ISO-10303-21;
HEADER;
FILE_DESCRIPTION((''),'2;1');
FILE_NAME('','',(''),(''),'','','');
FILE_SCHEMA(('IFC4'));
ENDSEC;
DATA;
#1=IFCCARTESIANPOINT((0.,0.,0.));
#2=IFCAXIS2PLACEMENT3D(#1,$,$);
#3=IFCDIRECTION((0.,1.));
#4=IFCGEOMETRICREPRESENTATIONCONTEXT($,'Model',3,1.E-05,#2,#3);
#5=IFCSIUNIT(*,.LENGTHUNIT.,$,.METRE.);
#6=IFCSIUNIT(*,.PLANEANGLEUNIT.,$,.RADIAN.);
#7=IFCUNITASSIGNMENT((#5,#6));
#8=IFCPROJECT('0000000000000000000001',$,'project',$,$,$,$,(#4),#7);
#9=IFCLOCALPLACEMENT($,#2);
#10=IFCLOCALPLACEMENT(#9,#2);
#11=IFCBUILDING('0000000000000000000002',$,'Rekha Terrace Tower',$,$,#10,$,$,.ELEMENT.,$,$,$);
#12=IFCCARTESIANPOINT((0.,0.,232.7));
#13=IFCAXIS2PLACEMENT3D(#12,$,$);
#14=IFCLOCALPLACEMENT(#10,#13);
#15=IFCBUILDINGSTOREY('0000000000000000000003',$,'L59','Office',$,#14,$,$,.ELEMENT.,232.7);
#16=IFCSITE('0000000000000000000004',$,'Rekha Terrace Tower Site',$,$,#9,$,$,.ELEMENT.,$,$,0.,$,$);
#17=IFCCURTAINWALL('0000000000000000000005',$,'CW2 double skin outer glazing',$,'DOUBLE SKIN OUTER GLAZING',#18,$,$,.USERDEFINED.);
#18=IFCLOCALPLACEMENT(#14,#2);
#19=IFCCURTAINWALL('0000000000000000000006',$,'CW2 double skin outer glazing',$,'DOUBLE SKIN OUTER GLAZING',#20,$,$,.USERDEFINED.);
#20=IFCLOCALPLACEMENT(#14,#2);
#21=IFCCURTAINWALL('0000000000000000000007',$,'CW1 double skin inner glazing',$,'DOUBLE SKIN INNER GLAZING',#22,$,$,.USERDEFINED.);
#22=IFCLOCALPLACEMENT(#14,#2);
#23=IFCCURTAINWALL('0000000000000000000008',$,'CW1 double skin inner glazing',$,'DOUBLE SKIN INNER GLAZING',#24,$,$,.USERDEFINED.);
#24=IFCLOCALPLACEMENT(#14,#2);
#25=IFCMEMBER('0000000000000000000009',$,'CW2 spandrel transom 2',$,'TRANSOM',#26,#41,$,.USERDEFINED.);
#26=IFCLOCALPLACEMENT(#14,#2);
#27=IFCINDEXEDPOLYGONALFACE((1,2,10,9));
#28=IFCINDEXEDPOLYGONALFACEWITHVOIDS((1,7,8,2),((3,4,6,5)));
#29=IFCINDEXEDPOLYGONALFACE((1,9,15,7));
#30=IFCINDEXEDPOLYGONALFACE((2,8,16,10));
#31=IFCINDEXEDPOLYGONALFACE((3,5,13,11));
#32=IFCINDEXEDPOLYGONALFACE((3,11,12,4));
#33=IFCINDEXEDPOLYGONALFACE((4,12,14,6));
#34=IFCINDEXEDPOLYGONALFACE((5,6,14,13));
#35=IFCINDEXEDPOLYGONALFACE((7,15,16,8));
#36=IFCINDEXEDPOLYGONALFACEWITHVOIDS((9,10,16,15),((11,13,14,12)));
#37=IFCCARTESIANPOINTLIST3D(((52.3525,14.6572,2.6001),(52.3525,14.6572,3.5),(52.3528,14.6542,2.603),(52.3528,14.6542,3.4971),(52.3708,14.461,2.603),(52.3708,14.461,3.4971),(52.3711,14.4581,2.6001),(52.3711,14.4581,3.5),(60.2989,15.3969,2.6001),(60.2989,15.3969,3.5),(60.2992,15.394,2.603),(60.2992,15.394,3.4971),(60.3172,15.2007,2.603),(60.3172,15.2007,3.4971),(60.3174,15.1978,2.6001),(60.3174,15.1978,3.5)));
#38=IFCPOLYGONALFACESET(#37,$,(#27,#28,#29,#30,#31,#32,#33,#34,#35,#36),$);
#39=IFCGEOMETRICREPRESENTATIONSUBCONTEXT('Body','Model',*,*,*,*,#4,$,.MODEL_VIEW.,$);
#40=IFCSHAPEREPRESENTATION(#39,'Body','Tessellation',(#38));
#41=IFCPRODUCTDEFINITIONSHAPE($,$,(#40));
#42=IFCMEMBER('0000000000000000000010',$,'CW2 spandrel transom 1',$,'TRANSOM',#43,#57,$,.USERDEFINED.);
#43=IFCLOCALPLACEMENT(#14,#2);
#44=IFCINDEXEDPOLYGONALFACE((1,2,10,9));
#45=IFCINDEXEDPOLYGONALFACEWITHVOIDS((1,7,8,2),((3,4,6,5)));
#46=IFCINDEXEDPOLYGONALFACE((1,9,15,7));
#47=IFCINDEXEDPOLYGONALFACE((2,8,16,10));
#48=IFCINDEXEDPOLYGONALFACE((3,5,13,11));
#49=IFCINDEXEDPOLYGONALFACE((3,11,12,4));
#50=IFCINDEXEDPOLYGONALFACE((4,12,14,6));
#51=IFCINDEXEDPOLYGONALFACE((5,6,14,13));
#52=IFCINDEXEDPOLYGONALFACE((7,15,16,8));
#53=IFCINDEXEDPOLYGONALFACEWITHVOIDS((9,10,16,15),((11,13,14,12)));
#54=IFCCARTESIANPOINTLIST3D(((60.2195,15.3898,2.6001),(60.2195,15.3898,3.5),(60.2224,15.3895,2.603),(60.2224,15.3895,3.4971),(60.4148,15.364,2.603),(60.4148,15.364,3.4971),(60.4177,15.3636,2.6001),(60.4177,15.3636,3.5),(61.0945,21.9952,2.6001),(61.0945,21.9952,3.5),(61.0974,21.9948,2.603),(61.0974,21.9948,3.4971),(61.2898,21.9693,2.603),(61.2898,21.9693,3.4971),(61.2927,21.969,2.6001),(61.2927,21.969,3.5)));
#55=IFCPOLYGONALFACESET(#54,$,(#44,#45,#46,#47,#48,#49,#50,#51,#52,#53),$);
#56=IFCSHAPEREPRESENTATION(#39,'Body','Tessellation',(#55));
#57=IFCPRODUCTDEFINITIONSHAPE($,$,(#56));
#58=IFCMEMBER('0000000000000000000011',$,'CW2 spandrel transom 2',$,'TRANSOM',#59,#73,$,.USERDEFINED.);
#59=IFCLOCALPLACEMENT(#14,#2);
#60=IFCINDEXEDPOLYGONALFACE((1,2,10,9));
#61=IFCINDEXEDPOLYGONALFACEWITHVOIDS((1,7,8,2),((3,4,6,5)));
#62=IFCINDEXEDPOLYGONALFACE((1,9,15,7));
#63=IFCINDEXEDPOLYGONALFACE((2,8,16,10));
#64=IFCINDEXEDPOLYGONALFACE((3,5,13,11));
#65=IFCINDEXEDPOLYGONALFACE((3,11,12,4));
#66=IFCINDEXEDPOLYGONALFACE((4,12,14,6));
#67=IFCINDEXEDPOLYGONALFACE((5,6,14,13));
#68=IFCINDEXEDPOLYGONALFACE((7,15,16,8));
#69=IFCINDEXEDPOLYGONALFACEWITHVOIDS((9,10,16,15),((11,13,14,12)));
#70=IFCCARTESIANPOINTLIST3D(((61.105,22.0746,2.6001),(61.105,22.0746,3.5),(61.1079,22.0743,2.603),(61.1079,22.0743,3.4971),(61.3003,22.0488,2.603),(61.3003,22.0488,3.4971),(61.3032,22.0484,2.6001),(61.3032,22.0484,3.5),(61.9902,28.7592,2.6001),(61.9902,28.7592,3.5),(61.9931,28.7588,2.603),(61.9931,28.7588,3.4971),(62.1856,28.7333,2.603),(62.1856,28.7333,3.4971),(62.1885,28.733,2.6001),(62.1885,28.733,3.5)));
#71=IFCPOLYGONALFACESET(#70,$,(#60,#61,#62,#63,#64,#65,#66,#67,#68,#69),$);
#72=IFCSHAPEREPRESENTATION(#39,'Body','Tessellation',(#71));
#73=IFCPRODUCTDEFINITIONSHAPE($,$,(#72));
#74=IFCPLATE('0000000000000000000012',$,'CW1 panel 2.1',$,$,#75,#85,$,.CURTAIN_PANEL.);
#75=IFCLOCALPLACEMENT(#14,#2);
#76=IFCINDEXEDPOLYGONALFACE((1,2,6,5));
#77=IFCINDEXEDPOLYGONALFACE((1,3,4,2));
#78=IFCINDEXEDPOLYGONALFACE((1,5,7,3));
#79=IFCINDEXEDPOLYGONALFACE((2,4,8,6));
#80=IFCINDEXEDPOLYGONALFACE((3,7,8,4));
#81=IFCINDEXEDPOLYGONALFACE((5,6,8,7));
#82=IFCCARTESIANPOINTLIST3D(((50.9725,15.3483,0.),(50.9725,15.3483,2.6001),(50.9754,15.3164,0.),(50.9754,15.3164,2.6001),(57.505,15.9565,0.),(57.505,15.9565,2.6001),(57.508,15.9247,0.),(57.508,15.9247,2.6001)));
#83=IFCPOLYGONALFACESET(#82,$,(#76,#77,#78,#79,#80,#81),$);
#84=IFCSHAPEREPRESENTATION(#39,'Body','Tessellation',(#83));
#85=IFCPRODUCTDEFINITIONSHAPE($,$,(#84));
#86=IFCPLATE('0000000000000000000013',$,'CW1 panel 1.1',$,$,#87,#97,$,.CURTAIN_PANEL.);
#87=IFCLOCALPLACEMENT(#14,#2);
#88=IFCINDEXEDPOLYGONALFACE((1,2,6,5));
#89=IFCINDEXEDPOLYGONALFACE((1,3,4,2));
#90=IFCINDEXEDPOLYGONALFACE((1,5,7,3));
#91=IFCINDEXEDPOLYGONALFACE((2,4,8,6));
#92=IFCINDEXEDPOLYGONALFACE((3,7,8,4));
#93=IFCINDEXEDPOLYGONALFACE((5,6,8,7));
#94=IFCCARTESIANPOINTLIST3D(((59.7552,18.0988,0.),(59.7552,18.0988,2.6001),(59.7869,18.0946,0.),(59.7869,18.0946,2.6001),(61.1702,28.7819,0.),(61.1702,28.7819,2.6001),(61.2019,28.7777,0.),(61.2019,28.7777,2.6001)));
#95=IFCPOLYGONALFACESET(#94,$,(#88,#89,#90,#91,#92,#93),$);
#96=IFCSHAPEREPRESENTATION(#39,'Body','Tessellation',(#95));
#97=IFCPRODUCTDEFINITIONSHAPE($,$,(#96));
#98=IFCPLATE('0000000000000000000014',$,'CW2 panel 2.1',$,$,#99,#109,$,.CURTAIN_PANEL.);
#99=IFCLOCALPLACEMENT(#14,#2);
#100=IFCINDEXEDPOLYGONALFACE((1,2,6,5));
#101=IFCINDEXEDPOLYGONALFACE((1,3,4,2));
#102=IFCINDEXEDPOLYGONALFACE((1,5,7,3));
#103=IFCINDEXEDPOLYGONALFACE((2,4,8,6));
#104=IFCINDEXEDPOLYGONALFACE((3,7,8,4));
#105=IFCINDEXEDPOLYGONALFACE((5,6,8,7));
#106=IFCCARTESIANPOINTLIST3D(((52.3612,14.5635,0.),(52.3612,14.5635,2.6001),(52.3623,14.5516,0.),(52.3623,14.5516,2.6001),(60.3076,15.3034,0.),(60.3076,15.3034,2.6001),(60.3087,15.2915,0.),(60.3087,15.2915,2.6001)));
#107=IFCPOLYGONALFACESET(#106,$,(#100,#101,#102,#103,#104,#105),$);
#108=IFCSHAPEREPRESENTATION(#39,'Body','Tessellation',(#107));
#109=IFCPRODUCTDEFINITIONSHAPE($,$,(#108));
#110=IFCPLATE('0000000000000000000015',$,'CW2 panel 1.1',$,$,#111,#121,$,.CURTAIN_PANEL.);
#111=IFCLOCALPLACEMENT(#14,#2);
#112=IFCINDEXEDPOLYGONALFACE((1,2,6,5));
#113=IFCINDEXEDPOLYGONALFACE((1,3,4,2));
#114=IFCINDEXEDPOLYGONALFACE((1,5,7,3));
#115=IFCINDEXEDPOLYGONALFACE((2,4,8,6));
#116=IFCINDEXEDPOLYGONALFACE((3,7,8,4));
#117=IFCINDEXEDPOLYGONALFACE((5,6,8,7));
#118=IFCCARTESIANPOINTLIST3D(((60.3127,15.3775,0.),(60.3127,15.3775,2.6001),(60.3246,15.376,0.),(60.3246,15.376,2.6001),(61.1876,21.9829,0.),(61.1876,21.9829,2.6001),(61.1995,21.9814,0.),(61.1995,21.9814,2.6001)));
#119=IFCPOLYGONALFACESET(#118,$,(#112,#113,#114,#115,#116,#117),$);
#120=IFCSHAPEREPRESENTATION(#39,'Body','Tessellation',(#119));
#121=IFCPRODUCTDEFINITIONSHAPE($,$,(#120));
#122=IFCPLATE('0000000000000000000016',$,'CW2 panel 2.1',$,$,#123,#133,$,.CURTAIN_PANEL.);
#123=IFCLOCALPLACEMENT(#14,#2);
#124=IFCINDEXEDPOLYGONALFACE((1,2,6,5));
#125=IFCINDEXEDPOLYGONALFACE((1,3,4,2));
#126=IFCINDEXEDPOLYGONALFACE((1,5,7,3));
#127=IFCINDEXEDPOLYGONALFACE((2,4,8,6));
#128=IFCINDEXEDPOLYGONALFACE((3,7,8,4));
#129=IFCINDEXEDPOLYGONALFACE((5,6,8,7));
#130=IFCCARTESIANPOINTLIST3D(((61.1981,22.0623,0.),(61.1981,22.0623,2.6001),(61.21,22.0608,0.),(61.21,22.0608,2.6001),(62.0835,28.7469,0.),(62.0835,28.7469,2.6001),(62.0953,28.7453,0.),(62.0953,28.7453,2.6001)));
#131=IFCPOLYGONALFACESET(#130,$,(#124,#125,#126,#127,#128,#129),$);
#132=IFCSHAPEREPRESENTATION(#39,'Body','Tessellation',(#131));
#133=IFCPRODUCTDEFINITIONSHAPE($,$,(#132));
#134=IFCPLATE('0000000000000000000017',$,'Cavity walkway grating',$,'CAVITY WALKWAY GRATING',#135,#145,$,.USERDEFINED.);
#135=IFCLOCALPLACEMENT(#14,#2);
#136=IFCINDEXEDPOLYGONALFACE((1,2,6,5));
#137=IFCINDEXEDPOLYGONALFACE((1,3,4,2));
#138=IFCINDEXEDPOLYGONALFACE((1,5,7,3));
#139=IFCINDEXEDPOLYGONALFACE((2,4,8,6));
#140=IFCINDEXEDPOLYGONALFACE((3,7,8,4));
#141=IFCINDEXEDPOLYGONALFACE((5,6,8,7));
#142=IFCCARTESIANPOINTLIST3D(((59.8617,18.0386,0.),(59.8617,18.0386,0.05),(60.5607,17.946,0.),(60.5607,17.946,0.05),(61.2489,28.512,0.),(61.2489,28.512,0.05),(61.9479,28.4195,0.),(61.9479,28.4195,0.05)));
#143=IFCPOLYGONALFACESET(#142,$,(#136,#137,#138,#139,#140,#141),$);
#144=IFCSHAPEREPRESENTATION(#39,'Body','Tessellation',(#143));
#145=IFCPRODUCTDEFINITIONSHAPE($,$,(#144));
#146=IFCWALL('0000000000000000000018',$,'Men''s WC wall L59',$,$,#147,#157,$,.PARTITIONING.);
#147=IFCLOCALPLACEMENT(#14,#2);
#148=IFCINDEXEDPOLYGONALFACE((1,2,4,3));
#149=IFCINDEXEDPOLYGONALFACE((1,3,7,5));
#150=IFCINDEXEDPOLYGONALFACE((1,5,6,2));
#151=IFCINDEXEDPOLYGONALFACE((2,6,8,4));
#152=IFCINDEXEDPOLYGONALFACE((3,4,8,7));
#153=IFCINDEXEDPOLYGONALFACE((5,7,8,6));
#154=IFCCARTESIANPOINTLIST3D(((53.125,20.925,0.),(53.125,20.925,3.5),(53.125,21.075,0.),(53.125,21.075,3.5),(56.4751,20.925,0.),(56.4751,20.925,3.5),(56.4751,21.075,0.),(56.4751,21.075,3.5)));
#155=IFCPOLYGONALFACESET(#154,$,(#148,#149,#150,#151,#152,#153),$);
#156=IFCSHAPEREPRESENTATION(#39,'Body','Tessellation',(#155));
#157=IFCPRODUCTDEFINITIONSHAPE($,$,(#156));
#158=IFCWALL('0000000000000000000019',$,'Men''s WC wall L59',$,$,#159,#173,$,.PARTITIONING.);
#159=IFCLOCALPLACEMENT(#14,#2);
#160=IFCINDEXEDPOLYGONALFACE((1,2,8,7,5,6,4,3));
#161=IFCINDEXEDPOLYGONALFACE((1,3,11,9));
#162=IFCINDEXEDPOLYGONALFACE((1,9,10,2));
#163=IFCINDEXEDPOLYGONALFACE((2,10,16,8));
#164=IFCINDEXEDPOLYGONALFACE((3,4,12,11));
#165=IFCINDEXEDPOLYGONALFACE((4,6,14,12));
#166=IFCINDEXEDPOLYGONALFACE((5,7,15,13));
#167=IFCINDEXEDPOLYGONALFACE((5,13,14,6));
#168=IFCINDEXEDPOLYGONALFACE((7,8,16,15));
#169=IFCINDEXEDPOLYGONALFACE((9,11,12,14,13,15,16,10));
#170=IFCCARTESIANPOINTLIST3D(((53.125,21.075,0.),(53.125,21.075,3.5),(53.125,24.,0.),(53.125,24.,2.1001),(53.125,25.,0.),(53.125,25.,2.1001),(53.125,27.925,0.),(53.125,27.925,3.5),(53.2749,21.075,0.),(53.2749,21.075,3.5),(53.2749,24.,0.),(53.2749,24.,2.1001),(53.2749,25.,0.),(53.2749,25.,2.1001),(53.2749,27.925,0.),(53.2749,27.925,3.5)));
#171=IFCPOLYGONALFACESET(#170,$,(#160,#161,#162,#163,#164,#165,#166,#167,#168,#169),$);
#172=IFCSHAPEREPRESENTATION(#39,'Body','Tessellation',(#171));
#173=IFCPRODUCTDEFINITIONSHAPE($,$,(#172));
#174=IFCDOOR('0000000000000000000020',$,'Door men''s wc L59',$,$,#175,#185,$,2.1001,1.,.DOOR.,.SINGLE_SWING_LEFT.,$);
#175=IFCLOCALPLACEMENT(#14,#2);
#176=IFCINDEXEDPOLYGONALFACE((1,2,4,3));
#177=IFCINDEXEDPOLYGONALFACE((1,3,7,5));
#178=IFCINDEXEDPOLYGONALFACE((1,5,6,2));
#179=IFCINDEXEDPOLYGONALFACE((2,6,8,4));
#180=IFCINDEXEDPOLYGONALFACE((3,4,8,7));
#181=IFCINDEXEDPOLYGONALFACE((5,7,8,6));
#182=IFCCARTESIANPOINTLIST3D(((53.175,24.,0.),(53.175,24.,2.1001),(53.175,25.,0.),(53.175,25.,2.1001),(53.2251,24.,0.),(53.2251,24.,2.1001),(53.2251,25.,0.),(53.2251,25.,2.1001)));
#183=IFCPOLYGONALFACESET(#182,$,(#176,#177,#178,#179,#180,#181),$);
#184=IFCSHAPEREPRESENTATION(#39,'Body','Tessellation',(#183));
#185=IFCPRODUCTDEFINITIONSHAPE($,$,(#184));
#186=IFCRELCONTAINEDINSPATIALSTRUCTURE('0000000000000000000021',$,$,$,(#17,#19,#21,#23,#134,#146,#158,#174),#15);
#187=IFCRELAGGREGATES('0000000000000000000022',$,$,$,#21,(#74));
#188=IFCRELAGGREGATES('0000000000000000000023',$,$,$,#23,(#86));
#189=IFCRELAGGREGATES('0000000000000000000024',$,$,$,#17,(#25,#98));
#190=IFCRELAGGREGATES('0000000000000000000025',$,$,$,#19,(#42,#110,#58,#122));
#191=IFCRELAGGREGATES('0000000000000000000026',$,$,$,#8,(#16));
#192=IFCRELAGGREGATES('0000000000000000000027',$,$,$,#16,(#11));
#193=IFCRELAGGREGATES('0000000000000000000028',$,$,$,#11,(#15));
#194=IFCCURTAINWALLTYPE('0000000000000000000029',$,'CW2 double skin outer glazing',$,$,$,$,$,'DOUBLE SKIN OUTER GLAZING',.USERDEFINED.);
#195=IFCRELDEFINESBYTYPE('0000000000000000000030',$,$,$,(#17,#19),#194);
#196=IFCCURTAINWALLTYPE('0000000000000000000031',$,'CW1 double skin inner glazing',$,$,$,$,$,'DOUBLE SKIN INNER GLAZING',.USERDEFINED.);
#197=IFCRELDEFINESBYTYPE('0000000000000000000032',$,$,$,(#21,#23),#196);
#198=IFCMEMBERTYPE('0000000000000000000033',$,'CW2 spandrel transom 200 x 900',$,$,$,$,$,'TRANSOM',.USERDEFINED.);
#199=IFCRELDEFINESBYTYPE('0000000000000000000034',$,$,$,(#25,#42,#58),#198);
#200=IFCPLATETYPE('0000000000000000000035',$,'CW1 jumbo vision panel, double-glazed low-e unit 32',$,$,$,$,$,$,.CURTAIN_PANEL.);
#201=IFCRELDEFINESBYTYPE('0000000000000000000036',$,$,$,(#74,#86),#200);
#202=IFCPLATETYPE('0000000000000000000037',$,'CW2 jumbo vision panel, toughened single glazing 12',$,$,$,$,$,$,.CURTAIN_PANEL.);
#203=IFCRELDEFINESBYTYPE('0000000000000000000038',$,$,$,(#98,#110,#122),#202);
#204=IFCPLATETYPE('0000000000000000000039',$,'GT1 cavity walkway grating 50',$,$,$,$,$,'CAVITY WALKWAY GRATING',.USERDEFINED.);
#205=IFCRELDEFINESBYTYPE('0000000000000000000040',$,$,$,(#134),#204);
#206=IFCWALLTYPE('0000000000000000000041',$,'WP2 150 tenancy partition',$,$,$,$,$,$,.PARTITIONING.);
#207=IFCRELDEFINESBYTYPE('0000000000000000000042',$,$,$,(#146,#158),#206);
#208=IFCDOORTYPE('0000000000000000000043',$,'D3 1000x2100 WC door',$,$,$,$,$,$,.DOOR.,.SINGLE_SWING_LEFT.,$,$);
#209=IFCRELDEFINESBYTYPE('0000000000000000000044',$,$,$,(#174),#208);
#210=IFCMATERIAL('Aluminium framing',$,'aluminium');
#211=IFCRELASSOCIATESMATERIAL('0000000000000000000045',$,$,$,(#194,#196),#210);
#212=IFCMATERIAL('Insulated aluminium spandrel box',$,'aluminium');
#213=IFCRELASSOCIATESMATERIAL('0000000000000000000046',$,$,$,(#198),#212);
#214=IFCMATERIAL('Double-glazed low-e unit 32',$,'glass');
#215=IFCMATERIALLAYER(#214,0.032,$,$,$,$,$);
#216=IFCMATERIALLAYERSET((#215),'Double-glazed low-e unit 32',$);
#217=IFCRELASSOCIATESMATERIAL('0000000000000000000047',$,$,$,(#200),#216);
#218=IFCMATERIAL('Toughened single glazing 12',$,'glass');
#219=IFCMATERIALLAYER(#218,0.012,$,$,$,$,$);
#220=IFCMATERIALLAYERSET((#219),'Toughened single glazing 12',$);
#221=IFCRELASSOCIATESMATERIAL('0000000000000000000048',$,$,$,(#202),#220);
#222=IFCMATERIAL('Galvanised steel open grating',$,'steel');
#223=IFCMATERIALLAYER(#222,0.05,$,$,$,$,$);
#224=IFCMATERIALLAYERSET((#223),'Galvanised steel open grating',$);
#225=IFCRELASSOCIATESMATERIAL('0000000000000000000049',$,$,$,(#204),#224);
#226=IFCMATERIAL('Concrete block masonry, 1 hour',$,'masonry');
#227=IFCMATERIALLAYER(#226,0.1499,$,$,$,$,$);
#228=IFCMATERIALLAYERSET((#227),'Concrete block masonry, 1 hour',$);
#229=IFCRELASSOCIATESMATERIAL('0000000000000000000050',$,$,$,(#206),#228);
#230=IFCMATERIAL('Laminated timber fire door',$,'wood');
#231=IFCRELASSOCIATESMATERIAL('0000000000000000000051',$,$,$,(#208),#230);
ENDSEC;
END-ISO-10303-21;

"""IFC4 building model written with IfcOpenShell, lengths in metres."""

from ifc_helpers import new_model, si_unit, direction, frame, frame_2d, origin, origin_2d, place, context, subcontext, project, spatial, rectangle, hollow_rectangle, extrude, material, layer, layer_set, material_profile, profile_set, type_object, element, fill, aggregate, save


model = new_model("IFC4")

# Units and contexts
model_context = context("Model", 3, precision=1e-05, world=origin(), true_north=direction((0.0, 1.0)))
body_context = subcontext(model_context, "Body", "Model", "MODEL_VIEW")
ifc_project = project(units=[si_unit("LENGTHUNIT", "METRE"), si_unit("PLANEANGLEUNIT", "RADIAN")], contexts=[model_context])

# Site, building, storey
site_placement = place(None, origin())
site = spatial("IfcSite", under=ifc_project, at=site_placement, Name="Rekha Terrace Tower Site", CompositionType="ELEMENT", RefElevation=0.0)
building_placement = place(site_placement, origin())
building = spatial("IfcBuilding", under=site, at=building_placement, Name="Rekha Terrace Tower", CompositionType="ELEMENT")
storey_placement = place(building_placement, frame((0.0, 0.0, 232.7)))
storey = spatial("IfcBuildingStorey", under=building, at=storey_placement, Name="L59", Description="Office", CompositionType="ELEMENT", Elevation=232.7)

# Curtain walls
ifc_material_1 = material(Name="Aluminium framing", Category="aluminium")
curtain_wall_type_1 = type_object("IfcCurtainWallType", Name="CW2 double skin outer glazing", ElementType="DOUBLE SKIN OUTER GLAZING", PredefinedType="USERDEFINED", material=ifc_material_1)
curtain_wall_1_placement = place(storey_placement, origin())
curtain_wall_1 = element("IfcCurtainWall", 1, at=curtain_wall_1_placement, inside=storey, type_object=curtain_wall_type_1, Name="CW2 double skin outer glazing", ObjectType="DOUBLE SKIN OUTER GLAZING", PredefinedType="USERDEFINED")
curtain_wall_2_placement = place(storey_placement, origin())
curtain_wall_2 = element("IfcCurtainWall", 2, at=curtain_wall_2_placement, inside=storey, type_object=curtain_wall_type_1, Name="CW2 double skin outer glazing", ObjectType="DOUBLE SKIN OUTER GLAZING", PredefinedType="USERDEFINED")
curtain_wall_type_2 = type_object("IfcCurtainWallType", Name="CW1 double skin inner glazing", ElementType="DOUBLE SKIN INNER GLAZING", PredefinedType="USERDEFINED", material=ifc_material_1)
curtain_wall_3_placement = place(storey_placement, origin())
curtain_wall_3 = element("IfcCurtainWall", 3, at=curtain_wall_3_placement, inside=storey, type_object=curtain_wall_type_2, Name="CW1 double skin inner glazing", ObjectType="DOUBLE SKIN INNER GLAZING", PredefinedType="USERDEFINED")

# Curtain wall
curtain_wall_4_placement = place(storey_placement, origin())
curtain_wall_4 = element("IfcCurtainWall", 4, at=curtain_wall_4_placement, inside=storey, type_object=curtain_wall_type_2, Name="CW1 double skin inner glazing", ObjectType="DOUBLE SKIN INNER GLAZING", PredefinedType="USERDEFINED")
ifc_material_2 = material(Name="Insulated aluminium spandrel box", Category="aluminium")

# Members
ifc_material_profile_1 = material_profile(ifc_material_2, hollow_rectangle(XDim=0.2, YDim=0.8999, WallThickness=0.0029, at=origin_2d()), Name="AL SPANDREL BOX 200x900")
ifc_profile_set_1 = profile_set([ifc_material_profile_1], Name="Insulated aluminium spandrel box")
member_type_1 = type_object("IfcMemberType", Name="CW2 spandrel transom 200 x 900", ElementType="TRANSOM", PredefinedType="USERDEFINED", material=ifc_profile_set_1)
member_1_placement = place(storey_placement, frame((52.3618, 14.5576, 3.05), z_axis=(0.995695, 0.092692, 0.0), x_axis=(-0.092692, 0.995695, 0.0)))
member_1 = element("IfcMember", 5, at=member_1_placement, type_object=member_type_1, Name="CW2 spandrel transom 2", ObjectType="TRANSOM", PredefinedType="USERDEFINED", context=body_context, shape_type="SweptSolid", body=[
    extrude(hollow_rectangle(XDim=0.2, YDim=0.8999, WallThickness=0.0029, at=origin_2d()), origin(), (0.0, 0.0, 1.0), 7.9807),
])
member_2_placement = place(storey_placement, frame((60.3186, 15.3767, 3.05), z_axis=(0.131319, 0.99134, 0.0), x_axis=(-0.99134, 0.131319, 0.0)))
member_2 = element("IfcMember", 6, at=member_2_placement, type_object=member_type_1, Name="CW2 spandrel transom 1", ObjectType="TRANSOM", PredefinedType="USERDEFINED", context=body_context, shape_type="SweptSolid", body=[
    extrude(hollow_rectangle(XDim=0.2, YDim=0.8999, WallThickness=0.0029, at=origin_2d()), origin(), (0.0, 0.0, 1.0), 6.6631),
])
member_3_placement = place(storey_placement, frame((61.2041, 22.0615, 3.05), z_axis=(0.131286, 0.991345, 0.0), x_axis=(-0.991345, 0.131286, 0.0)))
member_3 = element("IfcMember", 7, at=member_3_placement, type_object=member_type_1, Name="CW2 spandrel transom 2", ObjectType="TRANSOM", PredefinedType="USERDEFINED", context=body_context, shape_type="SweptSolid", body=[
    extrude(hollow_rectangle(XDim=0.2, YDim=0.8999, WallThickness=0.0029, at=origin_2d()), origin(), (0.0, 0.0, 1.0), 6.7429),
])

# Plates
ifc_material_3 = material(Name="Double-glazed low-e unit 32", Category="glass")
ifc_layer_1 = layer(ifc_material_3, 0.032)
ifc_layer_set_1 = layer_set([ifc_layer_1], Name="Double-glazed low-e unit 32")
plate_type_1 = type_object("IfcPlateType", Name="CW1 jumbo vision panel, double-glazed low-e unit 32", PredefinedType="CURTAIN_PANEL", material=ifc_layer_set_1)
plate_1_placement = place(storey_placement, frame((54.2402, 15.6365, 0.0), z_axis=(0.0, 0.0, 1.0), x_axis=(0.995693, 0.092709, 0.0)))
plate_1 = element("IfcPlate", 8, at=plate_1_placement, type_object=plate_type_1, Name="CW1 panel 2.1", PredefinedType="CURTAIN_PANEL", context=body_context, shape_type="SweptSolid", body=[
    extrude(rectangle(XDim=6.5608, YDim=0.032, at=origin_2d()), origin(), (0.0, 0.0, 1.0), 2.6001),
])
aggregate(curtain_wall_3, [plate_1])
plate_2_placement = place(storey_placement, frame((60.4785, 23.4382, 0.0), z_axis=(0.0, 0.0, 1.0), x_axis=(0.131304, 0.991342, 0.0)))
plate_2 = element("IfcPlate", 9, at=plate_2_placement, type_object=plate_type_1, Name="CW1 panel 1.1", PredefinedType="CURTAIN_PANEL", context=body_context, shape_type="SweptSolid", body=[
    extrude(rectangle(XDim=10.7764, YDim=0.032, at=origin_2d()), origin(), (0.0, 0.0, 1.0), 2.6001),
])
aggregate(curtain_wall_4, [plate_2])
ifc_material_4 = material(Name="Toughened single glazing 12", Category="glass")
ifc_layer_2 = layer(ifc_material_4, 0.012)
ifc_layer_set_2 = layer_set([ifc_layer_2], Name="Toughened single glazing 12")
plate_type_2 = type_object("IfcPlateType", Name="CW2 jumbo vision panel, toughened single glazing 12", PredefinedType="CURTAIN_PANEL", material=ifc_layer_set_2)
plate_3_placement = place(storey_placement, frame((56.335, 14.9275, 0.0), z_axis=(0.0, 0.0, 1.0), x_axis=(0.995693, 0.092709, 0.0)))
plate_3 = element("IfcPlate", 10, at=plate_3_placement, type_object=plate_type_2, Name="CW2 panel 2.1", PredefinedType="CURTAIN_PANEL", context=body_context, shape_type="SweptSolid", body=[
    extrude(rectangle(XDim=7.9807, YDim=0.012, at=origin_2d()), origin(), (0.0, 0.0, 1.0), 2.6001),
])
aggregate(curtain_wall_1, [member_1, plate_3])
plate_4_placement = place(storey_placement, frame((60.7561, 18.6794, 0.0), z_axis=(0.0, 0.0, 1.0), x_axis=(0.131304, 0.991342, 0.0)))
plate_4 = element("IfcPlate", 11, at=plate_4_placement, type_object=plate_type_2, Name="CW2 panel 1.1", PredefinedType="CURTAIN_PANEL", context=body_context, shape_type="SweptSolid", body=[
    extrude(rectangle(XDim=6.6631, YDim=0.012, at=origin_2d()), origin(), (0.0, 0.0, 1.0), 2.6001),
])
plate_5_placement = place(storey_placement, frame((61.6467, 25.4038, 0.0), z_axis=(0.0, 0.0, 1.0), x_axis=(0.131304, 0.991342, 0.0)))
plate_5 = element("IfcPlate", 12, at=plate_5_placement, type_object=plate_type_2, Name="CW2 panel 2.1", PredefinedType="CURTAIN_PANEL", context=body_context, shape_type="SweptSolid", body=[
    extrude(rectangle(XDim=6.7429, YDim=0.012, at=origin_2d()), origin(), (0.0, 0.0, 1.0), 2.6001),
])
aggregate(curtain_wall_2, [member_2, plate_4, member_3, plate_5])
ifc_material_5 = material(Name="Galvanised steel open grating", Category="steel")
ifc_layer_3 = layer(ifc_material_5, 0.05)
ifc_layer_set_3 = layer_set([ifc_layer_3], Name="Galvanised steel open grating")
plate_type_3 = type_object("IfcPlateType", Name="GT1 cavity walkway grating 50", ElementType="CAVITY WALKWAY GRATING", PredefinedType="USERDEFINED", material=ifc_layer_set_3)
plate_6_placement = place(storey_placement, frame((60.9048, 23.229, 0.0), z_axis=(0.0, 0.0, 1.0), x_axis=(0.131304, 0.991342, 0.0)))
element("IfcPlate", 13, at=plate_6_placement, inside=storey, type_object=plate_type_3, Name="Cavity walkway grating", ObjectType="CAVITY WALKWAY GRATING", PredefinedType="USERDEFINED", context=body_context, shape_type="SweptSolid", body=[
    extrude(rectangle(XDim=10.5649, YDim=0.7051, at=origin_2d()), origin(), (0.0, 0.0, 1.0), 0.05),
])

# Wall
ifc_material_6 = material(Name="Concrete block masonry, 1 hour", Category="masonry")
ifc_layer_4 = layer(ifc_material_6, 0.1499)
ifc_layer_set_4 = layer_set([ifc_layer_4], Name="Concrete block masonry, 1 hour")
wall_type_1 = type_object("IfcWallType", Name="WP2 150 tenancy partition", PredefinedType="PARTITIONING", material=ifc_layer_set_4)
wall_1_placement = place(storey_placement, frame((53.125, 21.0, 0.0), z_axis=(0.0, 0.0, 1.0), x_axis=(1.0, 0.0, 0.0)))
element("IfcWall", 14, at=wall_1_placement, inside=storey, type_object=wall_type_1, Name="Men's WC wall L59", PredefinedType="PARTITIONING", context=body_context, shape_type="SweptSolid", body=[
    extrude(rectangle(XDim=3.3501, YDim=0.1499, at=frame_2d((1.675, 0.0))), origin(), (0.0, 0.0, 1.0), 3.5),
])

# Wall, opening, door
wall_2_placement = place(storey_placement, frame((53.2, 21.075, 0.0), z_axis=(0.0, 0.0, 1.0), x_axis=(0.0, 1.0, 0.0)))
wall_2 = element("IfcWall", 15, at=wall_2_placement, inside=storey, type_object=wall_type_1, Name="Men's WC wall L59", PredefinedType="PARTITIONING", context=body_context, shape_type="SweptSolid", body=[
    extrude(rectangle(XDim=6.8501, YDim=0.1499, at=frame_2d((3.425, 0.0))), origin(), (0.0, 0.0, 1.0), 3.5),
])
opening_1_placement = place(wall_2_placement, frame((2.925, 0.0, 0.0)))
opening_1 = element("IfcOpeningElement", 16, at=opening_1_placement, cuts=wall_2, PredefinedType="OPENING", context=body_context, shape_type="SweptSolid", body=[
    extrude(rectangle(XDim=1.0, YDim=2.1001, at=frame_2d((0.5, 1.05))), frame((0.0, 0.085, 0.0), z_axis=(0.0, -1.0, 0.0), x_axis=(1.0, 0.0, 0.0)), (0.0, 0.0, 1.0), 0.1699),
])
ifc_material_7 = material(Name="Laminated timber fire door", Category="wood")
door_type_1 = type_object("IfcDoorType", Name="D3 1000x2100 WC door", OperationType="SINGLE_SWING_LEFT", PredefinedType="DOOR", material=ifc_material_7)
door_1_placement = place(opening_1_placement, origin())
door_1 = element("IfcDoor", 17, at=door_1_placement, inside=storey, type_object=door_type_1, Name="Door men's wc L59", OperationType="SINGLE_SWING_LEFT", OverallHeight=2.1001, OverallWidth=1.0, PredefinedType="DOOR", context=body_context, shape_type="SweptSolid", body=[
    extrude(rectangle(XDim=1.0, YDim=2.1001, at=frame_2d((0.5, 1.05))), frame((0.0, 0.0249, 0.0), z_axis=(0.0, -1.0, 0.0), x_axis=(1.0, 0.0, 0.0)), (0.0, 0.0, 1.0), 0.05),
])
fill(opening_1, door_1)

save(model, "model.ifc")
